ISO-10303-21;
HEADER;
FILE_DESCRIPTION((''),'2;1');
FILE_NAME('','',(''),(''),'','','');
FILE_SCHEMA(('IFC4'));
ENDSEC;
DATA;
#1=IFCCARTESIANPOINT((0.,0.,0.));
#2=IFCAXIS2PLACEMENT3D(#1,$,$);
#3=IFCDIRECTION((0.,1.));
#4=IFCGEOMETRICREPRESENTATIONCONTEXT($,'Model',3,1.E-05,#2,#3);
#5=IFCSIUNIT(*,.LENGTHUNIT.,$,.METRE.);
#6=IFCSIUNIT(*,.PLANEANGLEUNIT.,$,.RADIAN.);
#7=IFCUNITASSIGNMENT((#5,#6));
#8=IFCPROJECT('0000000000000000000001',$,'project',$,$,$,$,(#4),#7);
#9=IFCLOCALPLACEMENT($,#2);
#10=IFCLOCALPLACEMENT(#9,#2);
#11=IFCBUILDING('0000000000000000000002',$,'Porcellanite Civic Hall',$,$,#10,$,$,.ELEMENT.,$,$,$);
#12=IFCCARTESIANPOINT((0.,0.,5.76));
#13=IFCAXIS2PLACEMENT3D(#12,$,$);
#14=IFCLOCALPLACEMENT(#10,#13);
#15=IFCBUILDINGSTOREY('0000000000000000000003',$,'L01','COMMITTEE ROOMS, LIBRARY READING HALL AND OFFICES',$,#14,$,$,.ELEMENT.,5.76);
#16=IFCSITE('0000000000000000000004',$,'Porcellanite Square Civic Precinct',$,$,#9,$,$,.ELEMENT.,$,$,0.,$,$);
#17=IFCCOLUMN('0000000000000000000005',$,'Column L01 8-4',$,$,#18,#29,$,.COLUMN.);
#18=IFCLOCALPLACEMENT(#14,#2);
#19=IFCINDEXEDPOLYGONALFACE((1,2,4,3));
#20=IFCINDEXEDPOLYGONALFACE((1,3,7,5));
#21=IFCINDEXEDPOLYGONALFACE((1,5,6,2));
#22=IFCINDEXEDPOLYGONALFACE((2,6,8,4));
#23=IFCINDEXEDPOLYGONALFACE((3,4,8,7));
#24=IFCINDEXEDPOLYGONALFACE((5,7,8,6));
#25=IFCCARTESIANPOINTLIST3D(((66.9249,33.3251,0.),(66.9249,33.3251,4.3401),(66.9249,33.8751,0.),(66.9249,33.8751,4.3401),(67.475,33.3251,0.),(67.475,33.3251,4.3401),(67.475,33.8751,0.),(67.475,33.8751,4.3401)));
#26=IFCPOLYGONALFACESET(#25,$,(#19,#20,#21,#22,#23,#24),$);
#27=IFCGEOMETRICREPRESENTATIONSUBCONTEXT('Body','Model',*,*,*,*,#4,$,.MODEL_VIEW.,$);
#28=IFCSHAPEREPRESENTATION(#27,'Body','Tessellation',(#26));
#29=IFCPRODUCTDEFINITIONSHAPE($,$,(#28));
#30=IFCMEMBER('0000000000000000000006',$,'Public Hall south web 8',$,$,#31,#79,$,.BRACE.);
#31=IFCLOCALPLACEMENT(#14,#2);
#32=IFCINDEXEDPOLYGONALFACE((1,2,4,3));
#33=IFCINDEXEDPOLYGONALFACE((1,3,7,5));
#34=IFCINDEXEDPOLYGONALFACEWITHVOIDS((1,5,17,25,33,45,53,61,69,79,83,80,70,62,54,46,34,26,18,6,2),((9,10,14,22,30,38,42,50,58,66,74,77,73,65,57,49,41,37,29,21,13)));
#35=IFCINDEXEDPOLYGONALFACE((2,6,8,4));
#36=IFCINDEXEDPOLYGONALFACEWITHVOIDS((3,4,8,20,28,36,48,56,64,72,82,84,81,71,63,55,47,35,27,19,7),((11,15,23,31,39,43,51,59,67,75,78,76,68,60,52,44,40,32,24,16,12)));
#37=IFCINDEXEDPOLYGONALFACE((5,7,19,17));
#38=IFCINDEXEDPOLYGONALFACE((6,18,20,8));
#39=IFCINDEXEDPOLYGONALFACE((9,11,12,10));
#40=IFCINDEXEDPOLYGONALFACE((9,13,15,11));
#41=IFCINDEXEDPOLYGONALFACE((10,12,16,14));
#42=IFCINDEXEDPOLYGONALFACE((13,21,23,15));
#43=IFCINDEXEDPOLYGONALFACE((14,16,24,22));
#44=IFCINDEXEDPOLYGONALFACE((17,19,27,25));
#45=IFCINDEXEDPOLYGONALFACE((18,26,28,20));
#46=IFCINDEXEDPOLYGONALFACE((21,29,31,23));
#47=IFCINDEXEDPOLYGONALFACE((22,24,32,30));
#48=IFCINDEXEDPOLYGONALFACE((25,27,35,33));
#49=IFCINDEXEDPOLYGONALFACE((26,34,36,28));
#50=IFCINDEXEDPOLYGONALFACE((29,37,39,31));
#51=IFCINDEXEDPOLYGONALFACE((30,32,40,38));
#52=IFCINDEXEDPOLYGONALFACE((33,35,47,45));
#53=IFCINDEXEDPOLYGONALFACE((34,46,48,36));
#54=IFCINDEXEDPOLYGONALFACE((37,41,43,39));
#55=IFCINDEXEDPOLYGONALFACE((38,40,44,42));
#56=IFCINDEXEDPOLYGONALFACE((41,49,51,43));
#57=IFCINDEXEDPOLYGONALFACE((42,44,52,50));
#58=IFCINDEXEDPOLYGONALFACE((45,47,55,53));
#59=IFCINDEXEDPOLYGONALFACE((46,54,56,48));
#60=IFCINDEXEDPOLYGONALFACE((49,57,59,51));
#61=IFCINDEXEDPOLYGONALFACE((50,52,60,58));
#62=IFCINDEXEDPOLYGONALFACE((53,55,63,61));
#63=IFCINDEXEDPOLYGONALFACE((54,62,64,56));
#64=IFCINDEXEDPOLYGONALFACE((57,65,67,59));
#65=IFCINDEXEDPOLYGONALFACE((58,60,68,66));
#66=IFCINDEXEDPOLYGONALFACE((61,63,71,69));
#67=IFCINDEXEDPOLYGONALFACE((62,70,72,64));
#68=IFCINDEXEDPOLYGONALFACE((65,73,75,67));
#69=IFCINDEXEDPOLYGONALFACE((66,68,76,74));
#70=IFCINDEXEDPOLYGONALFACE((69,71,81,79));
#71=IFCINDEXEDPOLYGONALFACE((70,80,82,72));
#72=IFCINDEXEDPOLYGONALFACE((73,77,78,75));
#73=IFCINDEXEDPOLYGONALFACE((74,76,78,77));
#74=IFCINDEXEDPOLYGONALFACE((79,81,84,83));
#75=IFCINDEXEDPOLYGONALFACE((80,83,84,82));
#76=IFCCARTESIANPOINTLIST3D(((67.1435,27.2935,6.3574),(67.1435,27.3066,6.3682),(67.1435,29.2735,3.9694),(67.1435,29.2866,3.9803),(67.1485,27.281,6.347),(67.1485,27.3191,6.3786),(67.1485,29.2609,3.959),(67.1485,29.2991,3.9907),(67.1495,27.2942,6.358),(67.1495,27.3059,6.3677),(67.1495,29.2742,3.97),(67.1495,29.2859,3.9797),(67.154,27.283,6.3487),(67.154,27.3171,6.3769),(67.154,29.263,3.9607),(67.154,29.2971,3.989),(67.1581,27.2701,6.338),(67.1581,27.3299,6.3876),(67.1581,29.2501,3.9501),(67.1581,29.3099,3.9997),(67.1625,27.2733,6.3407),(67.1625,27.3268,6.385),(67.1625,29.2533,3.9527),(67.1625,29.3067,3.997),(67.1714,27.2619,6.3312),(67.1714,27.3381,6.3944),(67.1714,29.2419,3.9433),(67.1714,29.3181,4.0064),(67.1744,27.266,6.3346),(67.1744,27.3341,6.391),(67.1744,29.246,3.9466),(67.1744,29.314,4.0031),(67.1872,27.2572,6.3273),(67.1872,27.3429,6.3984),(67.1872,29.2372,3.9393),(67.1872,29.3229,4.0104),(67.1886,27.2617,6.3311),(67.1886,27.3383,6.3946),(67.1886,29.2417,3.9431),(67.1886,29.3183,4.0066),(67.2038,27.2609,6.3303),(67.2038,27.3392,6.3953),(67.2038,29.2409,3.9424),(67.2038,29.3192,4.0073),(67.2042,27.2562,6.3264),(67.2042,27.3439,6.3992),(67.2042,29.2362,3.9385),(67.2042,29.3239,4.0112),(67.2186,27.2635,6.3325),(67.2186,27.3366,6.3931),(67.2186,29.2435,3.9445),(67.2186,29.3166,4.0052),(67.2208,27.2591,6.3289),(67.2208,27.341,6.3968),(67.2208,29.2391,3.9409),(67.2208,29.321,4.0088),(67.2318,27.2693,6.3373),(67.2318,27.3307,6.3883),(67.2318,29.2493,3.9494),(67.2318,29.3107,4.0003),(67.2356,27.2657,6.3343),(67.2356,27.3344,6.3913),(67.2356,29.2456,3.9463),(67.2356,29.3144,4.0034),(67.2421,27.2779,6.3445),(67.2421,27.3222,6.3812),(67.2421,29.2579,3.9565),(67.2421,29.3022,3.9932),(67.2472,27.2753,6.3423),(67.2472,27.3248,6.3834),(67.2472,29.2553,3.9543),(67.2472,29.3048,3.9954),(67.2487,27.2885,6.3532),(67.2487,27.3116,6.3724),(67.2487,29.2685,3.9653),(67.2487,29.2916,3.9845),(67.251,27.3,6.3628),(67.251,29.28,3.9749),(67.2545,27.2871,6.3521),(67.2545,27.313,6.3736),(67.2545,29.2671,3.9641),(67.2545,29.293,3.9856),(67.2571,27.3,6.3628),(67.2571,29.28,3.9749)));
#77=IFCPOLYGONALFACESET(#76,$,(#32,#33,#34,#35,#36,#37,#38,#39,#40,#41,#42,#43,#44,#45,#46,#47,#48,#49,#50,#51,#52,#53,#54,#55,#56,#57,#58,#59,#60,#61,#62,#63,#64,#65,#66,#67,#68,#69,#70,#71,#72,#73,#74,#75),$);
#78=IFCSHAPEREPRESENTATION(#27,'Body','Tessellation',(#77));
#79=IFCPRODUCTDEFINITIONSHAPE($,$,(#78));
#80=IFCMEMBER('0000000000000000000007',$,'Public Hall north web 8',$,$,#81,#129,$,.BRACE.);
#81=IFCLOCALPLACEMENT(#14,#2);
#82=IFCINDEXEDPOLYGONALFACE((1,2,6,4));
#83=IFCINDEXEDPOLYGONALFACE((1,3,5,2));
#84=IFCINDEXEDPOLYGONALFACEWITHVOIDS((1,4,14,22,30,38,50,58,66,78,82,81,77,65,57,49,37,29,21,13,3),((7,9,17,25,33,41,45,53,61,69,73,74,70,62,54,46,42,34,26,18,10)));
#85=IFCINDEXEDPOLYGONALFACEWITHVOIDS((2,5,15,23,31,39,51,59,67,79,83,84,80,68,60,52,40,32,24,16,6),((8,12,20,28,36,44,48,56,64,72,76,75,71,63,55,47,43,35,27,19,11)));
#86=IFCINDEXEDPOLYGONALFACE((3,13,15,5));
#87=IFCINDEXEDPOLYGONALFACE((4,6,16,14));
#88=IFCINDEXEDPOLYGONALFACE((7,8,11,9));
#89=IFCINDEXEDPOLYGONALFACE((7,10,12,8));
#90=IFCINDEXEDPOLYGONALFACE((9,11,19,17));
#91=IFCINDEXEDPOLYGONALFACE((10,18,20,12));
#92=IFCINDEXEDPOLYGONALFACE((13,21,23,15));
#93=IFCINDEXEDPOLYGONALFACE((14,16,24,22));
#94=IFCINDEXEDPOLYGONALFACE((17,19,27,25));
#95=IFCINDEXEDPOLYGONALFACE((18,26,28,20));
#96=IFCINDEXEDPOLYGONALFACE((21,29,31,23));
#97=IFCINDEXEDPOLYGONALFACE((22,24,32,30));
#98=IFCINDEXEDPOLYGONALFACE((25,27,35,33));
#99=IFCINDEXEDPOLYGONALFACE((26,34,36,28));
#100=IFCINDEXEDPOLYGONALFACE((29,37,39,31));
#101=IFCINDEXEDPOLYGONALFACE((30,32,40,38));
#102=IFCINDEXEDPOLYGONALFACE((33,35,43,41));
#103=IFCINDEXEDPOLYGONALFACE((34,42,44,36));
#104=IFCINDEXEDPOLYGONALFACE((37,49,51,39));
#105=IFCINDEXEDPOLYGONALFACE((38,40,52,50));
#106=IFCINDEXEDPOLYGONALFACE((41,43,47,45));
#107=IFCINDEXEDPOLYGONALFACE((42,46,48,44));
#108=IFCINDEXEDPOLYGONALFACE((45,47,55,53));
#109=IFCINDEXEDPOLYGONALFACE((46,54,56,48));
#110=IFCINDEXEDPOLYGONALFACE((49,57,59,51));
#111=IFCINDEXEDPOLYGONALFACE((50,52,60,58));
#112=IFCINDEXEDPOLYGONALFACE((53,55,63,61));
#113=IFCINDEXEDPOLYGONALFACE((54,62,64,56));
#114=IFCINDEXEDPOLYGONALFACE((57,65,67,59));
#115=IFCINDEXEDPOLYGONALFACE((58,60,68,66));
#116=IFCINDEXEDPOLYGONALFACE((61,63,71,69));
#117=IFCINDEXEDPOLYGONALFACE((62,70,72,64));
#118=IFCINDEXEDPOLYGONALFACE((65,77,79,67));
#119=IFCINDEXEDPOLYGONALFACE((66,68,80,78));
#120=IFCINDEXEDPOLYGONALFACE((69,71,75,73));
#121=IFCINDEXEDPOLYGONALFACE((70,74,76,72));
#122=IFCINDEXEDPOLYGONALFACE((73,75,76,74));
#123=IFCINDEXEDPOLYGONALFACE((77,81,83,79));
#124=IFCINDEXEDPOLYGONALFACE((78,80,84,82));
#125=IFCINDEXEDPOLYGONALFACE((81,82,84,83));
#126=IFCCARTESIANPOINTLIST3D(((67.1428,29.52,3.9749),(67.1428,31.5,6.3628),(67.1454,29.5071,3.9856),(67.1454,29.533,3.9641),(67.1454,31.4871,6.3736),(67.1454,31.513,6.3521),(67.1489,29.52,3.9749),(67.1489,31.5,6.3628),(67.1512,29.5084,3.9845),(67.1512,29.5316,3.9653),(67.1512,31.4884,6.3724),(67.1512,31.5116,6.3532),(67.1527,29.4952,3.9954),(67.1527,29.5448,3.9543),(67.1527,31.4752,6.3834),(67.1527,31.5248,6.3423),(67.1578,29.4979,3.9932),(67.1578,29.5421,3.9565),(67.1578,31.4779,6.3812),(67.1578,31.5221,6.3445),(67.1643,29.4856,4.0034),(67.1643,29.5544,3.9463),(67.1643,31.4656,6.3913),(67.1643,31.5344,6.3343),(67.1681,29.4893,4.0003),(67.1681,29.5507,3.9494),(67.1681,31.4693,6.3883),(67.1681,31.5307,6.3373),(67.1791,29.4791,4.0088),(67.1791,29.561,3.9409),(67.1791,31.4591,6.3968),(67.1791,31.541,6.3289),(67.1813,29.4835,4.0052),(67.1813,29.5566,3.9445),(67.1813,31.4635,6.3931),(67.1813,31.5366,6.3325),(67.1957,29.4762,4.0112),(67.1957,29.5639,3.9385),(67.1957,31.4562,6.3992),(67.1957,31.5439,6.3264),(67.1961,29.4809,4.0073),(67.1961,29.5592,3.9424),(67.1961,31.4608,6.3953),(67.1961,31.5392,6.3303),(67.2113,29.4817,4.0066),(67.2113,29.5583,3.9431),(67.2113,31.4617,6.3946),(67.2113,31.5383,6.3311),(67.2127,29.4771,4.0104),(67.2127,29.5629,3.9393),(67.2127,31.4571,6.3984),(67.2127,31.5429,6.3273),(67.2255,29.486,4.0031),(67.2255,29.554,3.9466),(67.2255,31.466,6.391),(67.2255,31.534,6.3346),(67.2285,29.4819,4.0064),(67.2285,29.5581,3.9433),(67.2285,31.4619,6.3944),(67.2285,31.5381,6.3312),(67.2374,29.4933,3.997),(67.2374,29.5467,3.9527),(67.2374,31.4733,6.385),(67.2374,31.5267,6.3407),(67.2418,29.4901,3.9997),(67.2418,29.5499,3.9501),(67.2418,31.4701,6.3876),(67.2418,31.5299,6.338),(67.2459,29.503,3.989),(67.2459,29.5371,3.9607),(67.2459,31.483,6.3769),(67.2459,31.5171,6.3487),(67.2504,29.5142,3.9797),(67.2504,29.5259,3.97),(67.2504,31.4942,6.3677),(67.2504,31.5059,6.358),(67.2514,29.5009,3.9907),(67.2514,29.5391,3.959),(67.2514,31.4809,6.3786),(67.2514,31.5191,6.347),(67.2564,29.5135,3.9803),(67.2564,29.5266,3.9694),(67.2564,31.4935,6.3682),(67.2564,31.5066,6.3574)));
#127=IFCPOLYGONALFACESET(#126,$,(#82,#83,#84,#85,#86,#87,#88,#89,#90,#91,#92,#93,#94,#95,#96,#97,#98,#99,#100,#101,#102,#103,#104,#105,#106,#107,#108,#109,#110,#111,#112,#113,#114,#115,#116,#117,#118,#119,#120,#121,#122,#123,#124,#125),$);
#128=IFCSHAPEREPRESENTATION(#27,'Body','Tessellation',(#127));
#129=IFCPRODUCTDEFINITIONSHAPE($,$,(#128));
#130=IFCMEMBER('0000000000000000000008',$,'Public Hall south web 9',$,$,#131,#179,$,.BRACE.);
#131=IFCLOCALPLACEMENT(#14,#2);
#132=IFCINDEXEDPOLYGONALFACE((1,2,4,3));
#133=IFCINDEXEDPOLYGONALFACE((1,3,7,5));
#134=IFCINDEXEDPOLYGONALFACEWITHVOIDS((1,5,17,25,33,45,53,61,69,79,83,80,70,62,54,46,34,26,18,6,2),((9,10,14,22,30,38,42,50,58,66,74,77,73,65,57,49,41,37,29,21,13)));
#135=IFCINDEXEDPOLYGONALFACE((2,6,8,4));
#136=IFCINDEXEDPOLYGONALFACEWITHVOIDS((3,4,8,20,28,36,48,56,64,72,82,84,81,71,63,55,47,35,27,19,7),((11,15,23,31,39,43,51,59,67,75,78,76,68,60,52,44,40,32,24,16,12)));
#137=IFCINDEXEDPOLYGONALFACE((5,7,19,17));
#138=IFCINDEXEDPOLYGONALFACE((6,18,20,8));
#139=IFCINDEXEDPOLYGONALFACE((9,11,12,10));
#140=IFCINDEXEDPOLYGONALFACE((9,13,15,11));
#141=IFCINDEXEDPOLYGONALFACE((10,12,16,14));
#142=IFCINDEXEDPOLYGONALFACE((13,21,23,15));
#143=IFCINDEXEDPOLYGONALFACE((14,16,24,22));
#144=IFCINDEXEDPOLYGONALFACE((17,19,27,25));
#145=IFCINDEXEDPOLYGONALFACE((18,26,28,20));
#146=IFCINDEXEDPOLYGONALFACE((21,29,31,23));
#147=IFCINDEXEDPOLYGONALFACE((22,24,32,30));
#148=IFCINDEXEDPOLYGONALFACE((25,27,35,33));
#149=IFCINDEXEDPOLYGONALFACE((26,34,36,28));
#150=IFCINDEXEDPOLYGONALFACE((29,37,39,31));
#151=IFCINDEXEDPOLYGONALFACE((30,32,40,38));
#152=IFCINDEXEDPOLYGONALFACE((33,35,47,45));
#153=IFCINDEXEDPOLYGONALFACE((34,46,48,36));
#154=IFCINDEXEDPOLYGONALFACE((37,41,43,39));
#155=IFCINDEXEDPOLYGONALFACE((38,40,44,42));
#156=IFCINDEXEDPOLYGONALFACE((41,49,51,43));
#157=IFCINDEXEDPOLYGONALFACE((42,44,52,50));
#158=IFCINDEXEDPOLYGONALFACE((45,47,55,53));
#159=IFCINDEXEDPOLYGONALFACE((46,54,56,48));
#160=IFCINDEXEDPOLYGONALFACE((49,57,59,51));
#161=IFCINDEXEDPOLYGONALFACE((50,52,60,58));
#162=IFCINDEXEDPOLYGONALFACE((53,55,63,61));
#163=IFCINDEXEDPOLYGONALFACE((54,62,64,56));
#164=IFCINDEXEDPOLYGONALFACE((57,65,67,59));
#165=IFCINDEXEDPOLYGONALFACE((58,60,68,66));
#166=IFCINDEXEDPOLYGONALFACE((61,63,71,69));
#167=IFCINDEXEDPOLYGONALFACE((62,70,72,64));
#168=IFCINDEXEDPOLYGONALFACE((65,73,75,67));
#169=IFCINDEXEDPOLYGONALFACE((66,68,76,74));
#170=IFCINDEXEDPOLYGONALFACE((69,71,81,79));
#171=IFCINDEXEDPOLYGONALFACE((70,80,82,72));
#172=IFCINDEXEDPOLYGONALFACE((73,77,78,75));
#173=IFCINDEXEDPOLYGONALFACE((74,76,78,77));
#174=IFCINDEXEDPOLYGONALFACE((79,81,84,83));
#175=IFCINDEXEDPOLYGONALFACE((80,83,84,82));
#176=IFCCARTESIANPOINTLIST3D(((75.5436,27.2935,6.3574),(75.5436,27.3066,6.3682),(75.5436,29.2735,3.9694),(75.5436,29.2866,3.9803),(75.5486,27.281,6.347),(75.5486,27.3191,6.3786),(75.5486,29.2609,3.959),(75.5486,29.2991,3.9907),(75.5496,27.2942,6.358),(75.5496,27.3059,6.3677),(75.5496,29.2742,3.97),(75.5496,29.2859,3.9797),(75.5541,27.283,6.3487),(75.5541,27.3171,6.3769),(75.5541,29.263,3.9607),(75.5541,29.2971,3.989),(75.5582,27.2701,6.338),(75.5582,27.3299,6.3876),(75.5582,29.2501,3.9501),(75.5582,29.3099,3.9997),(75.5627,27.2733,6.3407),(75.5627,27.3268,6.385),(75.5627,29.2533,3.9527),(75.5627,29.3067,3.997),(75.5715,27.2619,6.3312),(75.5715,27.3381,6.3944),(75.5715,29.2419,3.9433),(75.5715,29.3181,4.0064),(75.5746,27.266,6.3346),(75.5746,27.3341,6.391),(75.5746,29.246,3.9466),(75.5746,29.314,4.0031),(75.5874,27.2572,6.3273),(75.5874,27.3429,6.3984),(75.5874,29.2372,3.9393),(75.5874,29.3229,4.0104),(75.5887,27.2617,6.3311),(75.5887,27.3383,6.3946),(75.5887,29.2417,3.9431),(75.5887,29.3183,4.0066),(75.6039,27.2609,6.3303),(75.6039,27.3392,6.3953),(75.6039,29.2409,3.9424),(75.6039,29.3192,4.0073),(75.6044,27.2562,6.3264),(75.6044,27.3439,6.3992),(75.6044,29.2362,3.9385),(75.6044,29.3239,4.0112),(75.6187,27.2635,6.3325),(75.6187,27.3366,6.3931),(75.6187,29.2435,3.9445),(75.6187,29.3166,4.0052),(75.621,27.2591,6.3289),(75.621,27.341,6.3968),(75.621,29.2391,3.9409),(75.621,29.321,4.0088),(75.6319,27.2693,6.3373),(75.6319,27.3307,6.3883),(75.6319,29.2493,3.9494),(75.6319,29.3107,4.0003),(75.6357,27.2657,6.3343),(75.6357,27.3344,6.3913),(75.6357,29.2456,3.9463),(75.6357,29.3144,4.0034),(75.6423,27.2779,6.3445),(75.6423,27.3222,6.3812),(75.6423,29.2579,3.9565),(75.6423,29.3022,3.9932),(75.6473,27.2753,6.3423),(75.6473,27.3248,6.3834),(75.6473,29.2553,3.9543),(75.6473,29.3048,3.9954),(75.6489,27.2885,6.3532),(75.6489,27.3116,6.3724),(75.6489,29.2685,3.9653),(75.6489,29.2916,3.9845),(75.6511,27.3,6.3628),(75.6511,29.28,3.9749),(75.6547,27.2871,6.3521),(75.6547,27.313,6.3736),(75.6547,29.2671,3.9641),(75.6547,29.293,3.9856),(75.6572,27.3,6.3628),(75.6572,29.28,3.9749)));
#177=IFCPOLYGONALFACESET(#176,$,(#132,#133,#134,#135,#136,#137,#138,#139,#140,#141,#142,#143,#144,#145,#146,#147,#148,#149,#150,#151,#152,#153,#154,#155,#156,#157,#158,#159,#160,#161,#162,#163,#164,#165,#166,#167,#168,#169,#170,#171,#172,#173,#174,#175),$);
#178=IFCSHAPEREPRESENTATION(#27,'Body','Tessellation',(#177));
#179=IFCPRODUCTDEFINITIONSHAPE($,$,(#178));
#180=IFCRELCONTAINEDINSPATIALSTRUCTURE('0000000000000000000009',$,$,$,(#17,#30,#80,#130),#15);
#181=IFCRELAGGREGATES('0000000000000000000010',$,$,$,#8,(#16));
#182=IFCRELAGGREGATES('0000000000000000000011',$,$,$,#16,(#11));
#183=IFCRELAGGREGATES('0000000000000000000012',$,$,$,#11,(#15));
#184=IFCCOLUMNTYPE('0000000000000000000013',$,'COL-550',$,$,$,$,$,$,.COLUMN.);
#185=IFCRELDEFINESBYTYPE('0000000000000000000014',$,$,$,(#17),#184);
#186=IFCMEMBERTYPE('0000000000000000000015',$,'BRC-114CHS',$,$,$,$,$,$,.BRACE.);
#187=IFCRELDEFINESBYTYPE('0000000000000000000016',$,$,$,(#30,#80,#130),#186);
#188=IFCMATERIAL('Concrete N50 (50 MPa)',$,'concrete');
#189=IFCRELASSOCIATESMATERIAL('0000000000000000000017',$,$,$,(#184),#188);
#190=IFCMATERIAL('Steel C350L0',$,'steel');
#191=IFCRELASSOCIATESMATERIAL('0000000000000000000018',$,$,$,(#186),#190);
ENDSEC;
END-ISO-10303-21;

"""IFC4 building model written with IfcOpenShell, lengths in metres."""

from ifc_helpers import new_model, si_unit, direction, frame, origin, origin_2d, place, context, subcontext, project, spatial, rectangle, hollow_circle, extrude, material, material_profile, profile_set, type_object, element, save


model = new_model("IFC4")

# Units and contexts
model_context = context("Model", 3, precision=1e-05, world=origin(), true_north=direction((0.0, 1.0)))
body_context = subcontext(model_context, "Body", "Model", "MODEL_VIEW")
ifc_project = project(units=[si_unit("LENGTHUNIT", "METRE"), si_unit("PLANEANGLEUNIT", "RADIAN")], contexts=[model_context])

# Site, building, storey
site_placement = place(None, origin())
site = spatial("IfcSite", under=ifc_project, at=site_placement, Name="Porcellanite Square Civic Precinct", CompositionType="ELEMENT", RefElevation=0.0)
building_placement = place(site_placement, origin())
building = spatial("IfcBuilding", under=site, at=building_placement, Name="Porcellanite Civic Hall", CompositionType="ELEMENT")
storey_placement = place(building_placement, frame((0.0, 0.0, 5.76)))
storey = spatial("IfcBuildingStorey", under=building, at=storey_placement, Name="L01", Description="COMMITTEE ROOMS, LIBRARY READING HALL AND OFFICES", CompositionType="ELEMENT", Elevation=5.76)

# Column
ifc_material_1 = material(Name="Concrete N50 (50 MPa)", Category="concrete")
ifc_material_profile_1 = material_profile(ifc_material_1, rectangle(XDim=0.55, YDim=0.55, at=origin_2d()), Name="RC-550x550")
ifc_profile_set_1 = profile_set([ifc_material_profile_1], Name="Concrete N50 (50 MPa)")
column_type = type_object("IfcColumnType", Name="COL-550", PredefinedType="COLUMN", material=ifc_profile_set_1)
column_placement = place(storey_placement, frame((67.2, 33.6001, 0.0), z_axis=(0.0, 0.0, 1.0), x_axis=(1.0, 0.0, 0.0)))
element("IfcColumn", 1, at=column_placement, inside=storey, type_object=column_type, Name="Column L01 8-4", PredefinedType="COLUMN", context=body_context, shape_type="SweptSolid", body=[
    extrude(rectangle(XDim=0.55, YDim=0.55, at=origin_2d()), origin(), (0.0, 0.0, 1.0), 4.3401),
])

# Members
ifc_material_2 = material(Name="Steel C350L0", Category="steel")
ifc_material_profile_2 = material_profile(ifc_material_2, hollow_circle(Radius=0.0571, WallThickness=0.0061, at=origin_2d()), Name="114.3x6.0CHS")
ifc_profile_set_2 = profile_set([ifc_material_profile_2], Name="Steel C350L0")
member_type_1 = type_object("IfcMemberType", Name="BRC-114CHS", PredefinedType="BRACE", material=ifc_profile_set_2)
for number, where, z_axis, x_axis, name in (
    (2, (67.2, 29.28, 3.9749), (0.0, -0.638286, 0.769799), (1.0, 0.0, 0.0), "Public Hall south web 8"),
    (3, (67.2, 29.52, 3.9749), (0.0, 0.638286, 0.769799), (-1.0, 0.0, 0.0), "Public Hall north web 8"),
    (4, (75.6001, 29.28, 3.9749), (0.0, -0.638286, 0.769799), (1.0, 0.0, 0.0), "Public Hall south web 9"),
):
    element("IfcMember", number, at=place(storey_placement, frame(where, z_axis=z_axis, x_axis=x_axis)), inside=storey, type_object=member_type_1, Name=name, PredefinedType="BRACE", context=body_context, shape_type="SweptSolid", body=[
        extrude(hollow_circle(Radius=0.0571, WallThickness=0.0061, at=origin_2d()), origin(), (0.0, 0.0, 1.0), 3.1021),
    ])

save(model, "model.ifc")
